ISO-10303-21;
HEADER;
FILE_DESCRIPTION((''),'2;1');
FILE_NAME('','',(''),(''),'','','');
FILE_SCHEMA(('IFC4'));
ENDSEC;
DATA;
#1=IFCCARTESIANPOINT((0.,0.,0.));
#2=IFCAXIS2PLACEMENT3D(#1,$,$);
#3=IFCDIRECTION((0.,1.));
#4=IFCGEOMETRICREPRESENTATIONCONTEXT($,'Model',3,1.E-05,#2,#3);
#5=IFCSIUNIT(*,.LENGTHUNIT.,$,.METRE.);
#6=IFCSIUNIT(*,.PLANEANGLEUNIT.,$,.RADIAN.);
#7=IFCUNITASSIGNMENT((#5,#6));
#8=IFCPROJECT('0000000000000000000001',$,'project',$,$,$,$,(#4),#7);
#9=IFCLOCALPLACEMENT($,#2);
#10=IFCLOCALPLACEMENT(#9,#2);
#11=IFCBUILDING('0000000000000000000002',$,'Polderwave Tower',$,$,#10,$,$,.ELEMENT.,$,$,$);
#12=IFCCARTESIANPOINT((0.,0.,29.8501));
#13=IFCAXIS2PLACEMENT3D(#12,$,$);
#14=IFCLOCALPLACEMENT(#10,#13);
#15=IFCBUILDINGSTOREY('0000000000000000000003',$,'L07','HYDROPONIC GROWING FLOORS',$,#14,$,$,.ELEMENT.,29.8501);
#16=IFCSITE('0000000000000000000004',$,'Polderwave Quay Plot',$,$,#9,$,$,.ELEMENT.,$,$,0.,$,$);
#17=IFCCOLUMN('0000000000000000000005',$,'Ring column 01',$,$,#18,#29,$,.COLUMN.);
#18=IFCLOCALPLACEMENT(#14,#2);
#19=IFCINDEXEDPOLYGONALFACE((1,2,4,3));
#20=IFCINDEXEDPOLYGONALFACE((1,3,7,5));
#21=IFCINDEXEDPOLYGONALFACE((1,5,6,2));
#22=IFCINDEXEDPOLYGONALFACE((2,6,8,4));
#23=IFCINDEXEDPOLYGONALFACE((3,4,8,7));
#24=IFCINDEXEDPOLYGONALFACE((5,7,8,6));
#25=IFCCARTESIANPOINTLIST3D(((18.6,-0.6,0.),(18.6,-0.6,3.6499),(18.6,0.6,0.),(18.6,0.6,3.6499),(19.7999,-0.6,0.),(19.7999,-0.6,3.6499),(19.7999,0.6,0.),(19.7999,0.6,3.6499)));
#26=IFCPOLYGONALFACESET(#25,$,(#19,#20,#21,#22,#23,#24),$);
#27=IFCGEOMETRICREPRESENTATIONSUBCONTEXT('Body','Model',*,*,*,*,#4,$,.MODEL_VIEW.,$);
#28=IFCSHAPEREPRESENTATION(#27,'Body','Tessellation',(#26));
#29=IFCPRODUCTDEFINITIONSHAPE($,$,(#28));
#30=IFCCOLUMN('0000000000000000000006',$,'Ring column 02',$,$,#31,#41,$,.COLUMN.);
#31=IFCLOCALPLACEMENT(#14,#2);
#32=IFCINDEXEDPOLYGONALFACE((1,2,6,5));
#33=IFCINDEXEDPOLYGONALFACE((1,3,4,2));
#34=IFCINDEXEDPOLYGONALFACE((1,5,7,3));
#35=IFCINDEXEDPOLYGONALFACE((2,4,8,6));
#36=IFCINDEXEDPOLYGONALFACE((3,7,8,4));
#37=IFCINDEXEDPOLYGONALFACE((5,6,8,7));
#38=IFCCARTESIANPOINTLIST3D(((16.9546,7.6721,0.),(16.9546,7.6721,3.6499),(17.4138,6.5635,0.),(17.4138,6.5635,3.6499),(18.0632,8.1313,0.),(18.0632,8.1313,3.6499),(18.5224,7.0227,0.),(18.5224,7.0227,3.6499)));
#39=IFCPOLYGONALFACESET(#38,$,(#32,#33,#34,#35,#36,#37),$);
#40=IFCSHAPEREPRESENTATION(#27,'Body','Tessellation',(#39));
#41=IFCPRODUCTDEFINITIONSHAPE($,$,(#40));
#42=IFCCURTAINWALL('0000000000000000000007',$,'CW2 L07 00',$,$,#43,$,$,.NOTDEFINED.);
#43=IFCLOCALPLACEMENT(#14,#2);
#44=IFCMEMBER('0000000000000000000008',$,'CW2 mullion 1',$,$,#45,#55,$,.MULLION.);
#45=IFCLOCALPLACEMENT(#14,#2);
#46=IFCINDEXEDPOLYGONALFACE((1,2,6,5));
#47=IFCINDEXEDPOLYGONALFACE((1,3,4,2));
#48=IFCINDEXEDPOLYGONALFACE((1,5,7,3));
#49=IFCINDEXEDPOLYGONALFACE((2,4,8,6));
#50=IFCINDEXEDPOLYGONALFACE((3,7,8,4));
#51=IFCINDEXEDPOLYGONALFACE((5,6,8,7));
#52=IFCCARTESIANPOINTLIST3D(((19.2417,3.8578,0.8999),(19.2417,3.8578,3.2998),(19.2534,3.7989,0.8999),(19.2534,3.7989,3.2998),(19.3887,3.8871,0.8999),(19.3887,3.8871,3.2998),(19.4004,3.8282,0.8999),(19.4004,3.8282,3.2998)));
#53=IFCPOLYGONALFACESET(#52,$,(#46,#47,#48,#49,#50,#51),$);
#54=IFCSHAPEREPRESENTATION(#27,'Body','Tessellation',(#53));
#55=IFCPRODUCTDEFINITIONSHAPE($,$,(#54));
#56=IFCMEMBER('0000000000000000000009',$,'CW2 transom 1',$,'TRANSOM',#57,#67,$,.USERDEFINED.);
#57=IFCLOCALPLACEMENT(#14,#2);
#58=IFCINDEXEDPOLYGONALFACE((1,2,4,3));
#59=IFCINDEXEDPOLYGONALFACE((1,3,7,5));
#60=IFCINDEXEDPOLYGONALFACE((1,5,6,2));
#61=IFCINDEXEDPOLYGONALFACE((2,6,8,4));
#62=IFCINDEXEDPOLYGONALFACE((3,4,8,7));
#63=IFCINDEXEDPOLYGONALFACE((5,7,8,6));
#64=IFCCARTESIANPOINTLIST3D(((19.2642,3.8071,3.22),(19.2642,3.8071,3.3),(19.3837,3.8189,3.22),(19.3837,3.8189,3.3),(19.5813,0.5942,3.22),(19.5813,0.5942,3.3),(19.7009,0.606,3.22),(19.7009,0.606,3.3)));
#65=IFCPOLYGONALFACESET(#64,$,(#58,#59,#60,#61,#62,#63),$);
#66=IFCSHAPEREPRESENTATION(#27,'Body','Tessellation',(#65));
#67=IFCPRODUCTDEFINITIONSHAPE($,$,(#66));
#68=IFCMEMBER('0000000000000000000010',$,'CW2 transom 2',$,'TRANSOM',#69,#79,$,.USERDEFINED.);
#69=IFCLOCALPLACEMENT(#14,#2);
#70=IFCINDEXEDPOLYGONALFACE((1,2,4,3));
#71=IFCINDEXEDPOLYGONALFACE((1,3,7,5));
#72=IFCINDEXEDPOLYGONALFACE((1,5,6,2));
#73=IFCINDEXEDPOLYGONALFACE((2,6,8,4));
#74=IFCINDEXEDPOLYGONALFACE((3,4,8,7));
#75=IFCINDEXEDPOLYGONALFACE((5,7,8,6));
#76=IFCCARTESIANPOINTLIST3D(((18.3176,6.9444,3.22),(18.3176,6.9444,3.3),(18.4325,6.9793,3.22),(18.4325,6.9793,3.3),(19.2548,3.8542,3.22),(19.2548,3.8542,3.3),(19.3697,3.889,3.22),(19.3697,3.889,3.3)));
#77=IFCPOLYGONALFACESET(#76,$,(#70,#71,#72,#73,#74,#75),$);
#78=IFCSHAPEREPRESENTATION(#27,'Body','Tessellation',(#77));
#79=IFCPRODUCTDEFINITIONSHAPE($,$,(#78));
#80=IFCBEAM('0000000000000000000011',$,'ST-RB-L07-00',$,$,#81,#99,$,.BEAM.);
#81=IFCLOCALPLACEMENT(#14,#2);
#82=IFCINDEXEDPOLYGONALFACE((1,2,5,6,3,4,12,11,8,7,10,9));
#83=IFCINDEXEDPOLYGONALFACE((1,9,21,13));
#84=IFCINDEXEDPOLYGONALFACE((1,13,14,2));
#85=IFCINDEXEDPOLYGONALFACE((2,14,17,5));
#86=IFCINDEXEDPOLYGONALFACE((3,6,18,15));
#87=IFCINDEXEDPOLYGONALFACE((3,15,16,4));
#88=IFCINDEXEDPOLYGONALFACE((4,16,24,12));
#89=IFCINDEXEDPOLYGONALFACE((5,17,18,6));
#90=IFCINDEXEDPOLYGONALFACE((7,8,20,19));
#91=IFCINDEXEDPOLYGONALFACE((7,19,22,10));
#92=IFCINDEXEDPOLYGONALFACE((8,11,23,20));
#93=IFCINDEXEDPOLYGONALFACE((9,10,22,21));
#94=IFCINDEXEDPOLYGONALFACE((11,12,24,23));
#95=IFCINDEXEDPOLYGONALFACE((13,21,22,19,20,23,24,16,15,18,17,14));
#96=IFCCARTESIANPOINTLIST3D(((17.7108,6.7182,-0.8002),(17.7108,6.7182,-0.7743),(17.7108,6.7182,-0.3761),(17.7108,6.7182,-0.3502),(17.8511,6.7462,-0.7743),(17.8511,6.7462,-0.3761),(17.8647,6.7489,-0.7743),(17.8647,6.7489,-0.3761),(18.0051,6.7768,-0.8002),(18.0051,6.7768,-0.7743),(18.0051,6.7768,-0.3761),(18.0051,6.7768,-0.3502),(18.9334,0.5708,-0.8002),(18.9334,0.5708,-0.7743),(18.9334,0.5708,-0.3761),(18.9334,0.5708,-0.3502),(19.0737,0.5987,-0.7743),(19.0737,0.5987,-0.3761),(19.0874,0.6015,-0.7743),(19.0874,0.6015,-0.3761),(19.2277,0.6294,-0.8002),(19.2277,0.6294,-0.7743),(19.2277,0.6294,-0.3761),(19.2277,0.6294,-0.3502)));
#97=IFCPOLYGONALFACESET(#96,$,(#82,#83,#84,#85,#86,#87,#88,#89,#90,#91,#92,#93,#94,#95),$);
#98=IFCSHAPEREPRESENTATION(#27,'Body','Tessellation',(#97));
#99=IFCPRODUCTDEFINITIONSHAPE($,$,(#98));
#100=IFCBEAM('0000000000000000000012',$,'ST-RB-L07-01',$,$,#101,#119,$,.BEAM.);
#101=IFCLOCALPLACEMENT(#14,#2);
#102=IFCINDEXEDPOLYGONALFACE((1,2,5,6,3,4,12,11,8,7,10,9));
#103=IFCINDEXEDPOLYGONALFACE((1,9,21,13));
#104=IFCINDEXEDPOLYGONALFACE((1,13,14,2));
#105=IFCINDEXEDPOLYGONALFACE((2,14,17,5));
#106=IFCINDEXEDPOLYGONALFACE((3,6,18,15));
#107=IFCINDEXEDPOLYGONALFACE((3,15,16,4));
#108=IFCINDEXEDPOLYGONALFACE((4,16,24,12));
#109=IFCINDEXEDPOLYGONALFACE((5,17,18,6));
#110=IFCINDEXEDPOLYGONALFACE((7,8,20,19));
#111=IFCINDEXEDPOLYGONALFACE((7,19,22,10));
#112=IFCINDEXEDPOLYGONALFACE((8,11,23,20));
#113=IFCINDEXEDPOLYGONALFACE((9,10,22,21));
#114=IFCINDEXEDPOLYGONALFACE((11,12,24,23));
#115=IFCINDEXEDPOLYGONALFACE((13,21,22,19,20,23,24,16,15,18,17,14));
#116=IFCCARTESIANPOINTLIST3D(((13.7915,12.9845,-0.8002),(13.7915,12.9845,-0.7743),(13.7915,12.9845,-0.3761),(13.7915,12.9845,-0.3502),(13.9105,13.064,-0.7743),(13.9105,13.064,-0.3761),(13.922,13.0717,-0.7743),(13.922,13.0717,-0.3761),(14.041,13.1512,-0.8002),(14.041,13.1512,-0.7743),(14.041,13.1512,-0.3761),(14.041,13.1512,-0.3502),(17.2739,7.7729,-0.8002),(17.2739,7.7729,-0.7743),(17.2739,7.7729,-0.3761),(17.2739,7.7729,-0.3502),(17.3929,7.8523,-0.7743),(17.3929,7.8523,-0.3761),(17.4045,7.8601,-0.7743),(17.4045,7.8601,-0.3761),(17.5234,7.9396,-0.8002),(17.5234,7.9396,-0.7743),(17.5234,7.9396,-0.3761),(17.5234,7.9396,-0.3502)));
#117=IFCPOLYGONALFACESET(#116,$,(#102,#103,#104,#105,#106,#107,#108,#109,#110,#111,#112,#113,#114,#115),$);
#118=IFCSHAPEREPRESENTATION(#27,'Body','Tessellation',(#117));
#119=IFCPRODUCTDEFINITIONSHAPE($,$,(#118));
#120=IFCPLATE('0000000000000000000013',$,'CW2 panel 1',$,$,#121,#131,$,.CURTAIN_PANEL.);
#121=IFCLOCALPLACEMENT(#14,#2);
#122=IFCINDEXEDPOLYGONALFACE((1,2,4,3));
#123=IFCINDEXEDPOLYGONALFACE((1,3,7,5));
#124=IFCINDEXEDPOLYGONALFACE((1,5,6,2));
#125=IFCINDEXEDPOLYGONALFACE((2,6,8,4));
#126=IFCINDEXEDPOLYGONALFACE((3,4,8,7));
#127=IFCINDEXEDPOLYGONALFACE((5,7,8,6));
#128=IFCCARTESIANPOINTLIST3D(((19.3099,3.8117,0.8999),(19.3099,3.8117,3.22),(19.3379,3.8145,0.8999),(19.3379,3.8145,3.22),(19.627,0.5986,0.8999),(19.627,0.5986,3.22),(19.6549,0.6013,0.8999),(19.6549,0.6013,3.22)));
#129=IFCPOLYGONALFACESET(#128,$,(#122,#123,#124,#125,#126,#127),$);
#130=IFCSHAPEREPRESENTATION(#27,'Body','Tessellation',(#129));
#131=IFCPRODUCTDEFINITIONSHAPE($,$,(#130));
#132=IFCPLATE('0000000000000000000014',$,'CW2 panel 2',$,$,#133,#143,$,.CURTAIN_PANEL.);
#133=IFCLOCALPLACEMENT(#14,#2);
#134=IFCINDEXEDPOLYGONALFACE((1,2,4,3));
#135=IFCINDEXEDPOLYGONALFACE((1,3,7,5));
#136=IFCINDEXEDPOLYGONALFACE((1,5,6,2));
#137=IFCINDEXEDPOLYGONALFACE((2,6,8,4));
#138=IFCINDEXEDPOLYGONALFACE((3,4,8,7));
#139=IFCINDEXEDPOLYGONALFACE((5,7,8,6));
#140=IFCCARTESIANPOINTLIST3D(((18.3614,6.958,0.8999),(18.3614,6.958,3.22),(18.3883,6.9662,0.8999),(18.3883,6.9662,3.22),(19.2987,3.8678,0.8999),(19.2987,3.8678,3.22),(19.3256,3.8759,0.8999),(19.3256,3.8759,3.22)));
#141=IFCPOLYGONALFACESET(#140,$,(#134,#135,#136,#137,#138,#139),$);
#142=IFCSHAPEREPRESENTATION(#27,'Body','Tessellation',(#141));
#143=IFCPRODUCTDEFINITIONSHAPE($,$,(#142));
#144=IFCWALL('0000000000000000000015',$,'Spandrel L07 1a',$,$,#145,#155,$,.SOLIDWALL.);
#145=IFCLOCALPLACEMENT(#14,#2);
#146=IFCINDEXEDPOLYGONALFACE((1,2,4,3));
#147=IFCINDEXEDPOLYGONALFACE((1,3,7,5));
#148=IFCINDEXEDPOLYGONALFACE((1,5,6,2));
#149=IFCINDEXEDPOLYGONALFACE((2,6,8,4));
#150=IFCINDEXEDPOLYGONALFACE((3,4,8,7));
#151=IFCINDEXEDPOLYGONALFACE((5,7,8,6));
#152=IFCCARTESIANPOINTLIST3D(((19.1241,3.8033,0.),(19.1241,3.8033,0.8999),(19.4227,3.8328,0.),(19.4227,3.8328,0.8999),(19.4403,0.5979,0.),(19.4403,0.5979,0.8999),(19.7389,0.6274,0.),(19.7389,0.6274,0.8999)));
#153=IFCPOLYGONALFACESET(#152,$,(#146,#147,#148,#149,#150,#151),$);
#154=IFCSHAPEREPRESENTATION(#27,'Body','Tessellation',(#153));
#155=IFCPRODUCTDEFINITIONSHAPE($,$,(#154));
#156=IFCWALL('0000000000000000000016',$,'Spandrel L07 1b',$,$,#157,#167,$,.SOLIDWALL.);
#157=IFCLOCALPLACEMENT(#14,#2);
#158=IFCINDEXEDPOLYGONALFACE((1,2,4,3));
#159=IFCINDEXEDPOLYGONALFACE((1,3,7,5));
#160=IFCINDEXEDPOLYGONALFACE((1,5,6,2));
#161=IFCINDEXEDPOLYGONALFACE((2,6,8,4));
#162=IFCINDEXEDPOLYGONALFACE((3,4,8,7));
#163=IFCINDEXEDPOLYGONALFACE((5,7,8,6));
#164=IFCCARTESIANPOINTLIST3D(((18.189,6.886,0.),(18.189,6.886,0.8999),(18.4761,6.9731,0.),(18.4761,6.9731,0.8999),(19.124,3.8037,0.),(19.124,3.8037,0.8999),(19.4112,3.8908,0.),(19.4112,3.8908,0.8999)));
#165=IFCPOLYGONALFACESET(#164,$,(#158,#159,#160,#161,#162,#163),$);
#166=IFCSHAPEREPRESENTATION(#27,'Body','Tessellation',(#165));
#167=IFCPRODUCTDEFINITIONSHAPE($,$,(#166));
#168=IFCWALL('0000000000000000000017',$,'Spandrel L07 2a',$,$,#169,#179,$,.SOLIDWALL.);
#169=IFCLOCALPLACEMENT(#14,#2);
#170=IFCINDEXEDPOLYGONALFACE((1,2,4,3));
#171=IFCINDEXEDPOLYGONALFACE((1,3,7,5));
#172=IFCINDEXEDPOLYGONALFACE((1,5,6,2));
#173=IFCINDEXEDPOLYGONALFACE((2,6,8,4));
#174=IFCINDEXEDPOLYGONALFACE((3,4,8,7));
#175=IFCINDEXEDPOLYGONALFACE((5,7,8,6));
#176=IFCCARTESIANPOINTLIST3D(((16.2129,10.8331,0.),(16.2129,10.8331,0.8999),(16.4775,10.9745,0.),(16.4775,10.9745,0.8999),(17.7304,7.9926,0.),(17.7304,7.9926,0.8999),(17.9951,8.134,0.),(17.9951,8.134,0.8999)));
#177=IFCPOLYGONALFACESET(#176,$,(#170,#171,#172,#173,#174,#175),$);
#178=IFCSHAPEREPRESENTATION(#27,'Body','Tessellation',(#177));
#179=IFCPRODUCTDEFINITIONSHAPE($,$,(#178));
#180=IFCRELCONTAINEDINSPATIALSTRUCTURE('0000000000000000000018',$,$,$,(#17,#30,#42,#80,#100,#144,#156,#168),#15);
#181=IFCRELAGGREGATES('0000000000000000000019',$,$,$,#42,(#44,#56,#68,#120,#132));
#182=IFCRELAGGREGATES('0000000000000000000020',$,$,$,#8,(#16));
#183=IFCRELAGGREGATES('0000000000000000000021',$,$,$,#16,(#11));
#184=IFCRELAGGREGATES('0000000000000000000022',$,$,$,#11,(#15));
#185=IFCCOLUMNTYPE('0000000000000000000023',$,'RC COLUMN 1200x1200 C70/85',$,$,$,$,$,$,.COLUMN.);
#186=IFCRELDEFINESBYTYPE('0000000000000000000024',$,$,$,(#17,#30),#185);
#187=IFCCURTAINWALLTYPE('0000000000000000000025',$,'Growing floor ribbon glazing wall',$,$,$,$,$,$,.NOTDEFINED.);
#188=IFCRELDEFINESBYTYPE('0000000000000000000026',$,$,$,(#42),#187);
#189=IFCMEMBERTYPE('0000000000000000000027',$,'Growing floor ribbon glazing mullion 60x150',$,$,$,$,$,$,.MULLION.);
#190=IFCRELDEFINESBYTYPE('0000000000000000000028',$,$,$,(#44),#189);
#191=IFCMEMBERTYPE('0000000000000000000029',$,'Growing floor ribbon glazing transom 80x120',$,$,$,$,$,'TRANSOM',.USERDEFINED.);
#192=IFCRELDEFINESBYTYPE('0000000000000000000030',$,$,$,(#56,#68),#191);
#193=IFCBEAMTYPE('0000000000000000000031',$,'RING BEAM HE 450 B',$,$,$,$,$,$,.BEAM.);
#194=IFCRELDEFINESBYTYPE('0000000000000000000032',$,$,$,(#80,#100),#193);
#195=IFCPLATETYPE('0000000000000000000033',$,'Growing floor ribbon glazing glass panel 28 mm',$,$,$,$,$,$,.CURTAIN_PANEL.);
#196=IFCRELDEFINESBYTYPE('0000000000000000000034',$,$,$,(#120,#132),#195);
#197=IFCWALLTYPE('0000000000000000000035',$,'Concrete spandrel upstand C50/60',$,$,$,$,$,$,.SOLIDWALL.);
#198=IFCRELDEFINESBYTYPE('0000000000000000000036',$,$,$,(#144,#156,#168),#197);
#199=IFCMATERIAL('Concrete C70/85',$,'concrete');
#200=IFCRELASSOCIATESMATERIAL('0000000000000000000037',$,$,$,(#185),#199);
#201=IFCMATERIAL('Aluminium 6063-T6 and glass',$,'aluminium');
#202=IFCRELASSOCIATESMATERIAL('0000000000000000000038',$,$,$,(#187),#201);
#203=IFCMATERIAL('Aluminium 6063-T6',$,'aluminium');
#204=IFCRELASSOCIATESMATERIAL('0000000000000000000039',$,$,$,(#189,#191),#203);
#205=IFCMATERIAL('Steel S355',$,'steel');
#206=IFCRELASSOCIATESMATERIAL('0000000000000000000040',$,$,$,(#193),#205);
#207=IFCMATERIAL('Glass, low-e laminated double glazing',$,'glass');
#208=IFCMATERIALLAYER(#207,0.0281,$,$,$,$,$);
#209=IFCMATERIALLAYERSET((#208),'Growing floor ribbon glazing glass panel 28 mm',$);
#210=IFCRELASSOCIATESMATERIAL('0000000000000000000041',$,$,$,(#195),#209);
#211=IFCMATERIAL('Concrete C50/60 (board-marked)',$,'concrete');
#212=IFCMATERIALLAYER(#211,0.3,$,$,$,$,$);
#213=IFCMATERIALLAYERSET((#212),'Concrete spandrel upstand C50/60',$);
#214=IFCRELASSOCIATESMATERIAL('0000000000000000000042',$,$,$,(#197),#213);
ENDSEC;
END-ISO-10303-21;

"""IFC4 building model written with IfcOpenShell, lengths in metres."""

from ifc_helpers import new_model, si_unit, direction, frame, frame_2d, origin, origin_2d, place, context, subcontext, project, spatial, rectangle, i_section, extrude, material, layer, layer_set, material_profile, profile_set, type_object, element, aggregate, save


model = new_model("IFC4")

# Units and contexts
model_context = context("Model", 3, precision=1e-05, world=origin(), true_north=direction((0.0, 1.0)))
body_context = subcontext(model_context, "Body", "Model", "MODEL_VIEW")
ifc_project = project(units=[si_unit("LENGTHUNIT", "METRE"), si_unit("PLANEANGLEUNIT", "RADIAN")], contexts=[model_context])

# Site, building, storey
site_placement = place(None, origin())
site = spatial("IfcSite", under=ifc_project, at=site_placement, Name="Polderwave Quay Plot", CompositionType="ELEMENT", RefElevation=0.0)
building_placement = place(site_placement, origin())
building = spatial("IfcBuilding", under=site, at=building_placement, Name="Polderwave Tower", CompositionType="ELEMENT")
storey_placement = place(building_placement, frame((0.0, 0.0, 29.8501)))
storey = spatial("IfcBuildingStorey", under=building, at=storey_placement, Name="L07", Description="HYDROPONIC GROWING FLOORS", CompositionType="ELEMENT", Elevation=29.8501)

# Columns
ifc_material_1 = material(Name="Concrete C70/85", Category="concrete")
ifc_material_profile_1 = material_profile(ifc_material_1, rectangle(XDim=1.2, YDim=1.2, at=origin_2d()), Name="RC 1200x1200")
ifc_profile_set_1 = profile_set([ifc_material_profile_1], Name="Concrete C70/85")
column_type = type_object("IfcColumnType", Name="RC COLUMN 1200x1200 C70/85", PredefinedType="COLUMN", material=ifc_profile_set_1)
for number, where, z_axis, x_axis, name in (
    (1, (19.2, 0.0, 0.0), (0.0, 0.0, 1.0), (1.0, 0.0, 0.0), "Ring column 01"),
    (2, (17.7385, 7.3474, 0.0), (0.0, 0.0, 1.0), (0.92388, 0.382683, 0.0), "Ring column 02"),
):
    element("IfcColumn", number, at=place(storey_placement, frame(where, z_axis=z_axis, x_axis=x_axis)), inside=storey, type_object=column_type, Name=name, PredefinedType="COLUMN", context=body_context, shape_type="SweptSolid", body=[
        extrude(rectangle(XDim=1.2, YDim=1.2, at=origin_2d()), origin(), (0.0, 0.0, 1.0), 3.6499),
    ])

# Curtain wall, members
ifc_material_2 = material(Name="Aluminium 6063-T6 and glass", Category="aluminium")
curtain_wall_type = type_object("IfcCurtainWallType", Name="Growing floor ribbon glazing wall", PredefinedType="NOTDEFINED", material=ifc_material_2)
curtain_wall_placement = place(storey_placement, origin())
curtain_wall = element("IfcCurtainWall", 3, at=curtain_wall_placement, inside=storey, type_object=curtain_wall_type, Name="CW2 L07 00", PredefinedType="NOTDEFINED")
ifc_material_3 = material(Name="Aluminium 6063-T6", Category="aluminium")
ifc_material_profile_2 = material_profile(ifc_material_3, rectangle(XDim=0.1499, YDim=0.0601, at=origin_2d()), Name="AL 60x150")
ifc_profile_set_2 = profile_set([ifc_material_profile_2], Name="Aluminium 6063-T6")
member_type_1 = type_object("IfcMemberType", Name="Growing floor ribbon glazing mullion 60x150", PredefinedType="MULLION", material=ifc_profile_set_2)
member_1_placement = place(storey_placement, frame((19.321, 3.843, 0.8999), z_axis=(0.0, 0.0, 1.0), x_axis=(-0.980772, -0.195159, 0.0)))
member_1 = element("IfcMember", 4, at=member_1_placement, type_object=member_type_1, Name="CW2 mullion 1", PredefinedType="MULLION", context=body_context, shape_type="SweptSolid", body=[
    extrude(rectangle(XDim=0.1499, YDim=0.0601, at=origin_2d()), origin(), (0.0, 0.0, 1.0), 2.3999),
])
ifc_material_profile_3 = material_profile(ifc_material_3, rectangle(XDim=0.1201, YDim=0.0801, at=origin_2d()), Name="AL 80x120")
ifc_profile_set_3 = profile_set([ifc_material_profile_3], Name="Aluminium 6063-T6")
member_type_2 = type_object("IfcMemberType", Name="Growing floor ribbon glazing transom 80x120", ElementType="TRANSOM", PredefinedType="USERDEFINED", material=ifc_profile_set_3)
member_2_placement = place(storey_placement, frame((19.6411, 0.6001, 3.26), z_axis=(-0.098231, 0.995164, 0.0), x_axis=(-0.995164, -0.098231, 0.0)))
member_2 = element("IfcMember", 5, at=member_2_placement, type_object=member_type_2, Name="CW2 transom 1", ObjectType="TRANSOM", PredefinedType="USERDEFINED", context=body_context, shape_type="SweptSolid", body=[
    extrude(rectangle(XDim=0.1201, YDim=0.0801, at=origin_2d()), origin(), (0.0, 0.0, 1.0), 3.2285),
])
member_3_placement = place(storey_placement, frame((19.3123, 3.8716, 3.26), z_axis=(-0.290232, 0.956956, 0.0), x_axis=(-0.956956, -0.290232, 0.0)))
member_3 = element("IfcMember", 6, at=member_3_placement, type_object=member_type_2, Name="CW2 transom 2", ObjectType="TRANSOM", PredefinedType="USERDEFINED", context=body_context, shape_type="SweptSolid", body=[
    extrude(rectangle(XDim=0.1201, YDim=0.0801, at=origin_2d()), origin(), (0.0, 0.0, 1.0), 3.2292),
])

# Beams
ifc_material_4 = material(Name="Steel S355", Category="steel")
ifc_material_profile_4 = material_profile(ifc_material_4, i_section(OverallWidth=0.3, OverallDepth=0.45, WebThickness=0.0139, FlangeThickness=0.0259, at=origin_2d()), Name="HE 450 B")
ifc_profile_set_4 = profile_set([ifc_material_profile_4], Name="Steel S355")
beam_type = type_object("IfcBeamType", Name="RING BEAM HE 450 B", PredefinedType="BEAM", material=ifc_profile_set_4)
beam_1_placement = place(storey_placement, frame((19.0806, 0.6001, -0.5752), z_axis=(-0.195067, 0.98079, 0.0), x_axis=(-0.98079, -0.195067, 0.0)))
element("IfcBeam", 7, at=beam_1_placement, inside=storey, type_object=beam_type, Name="ST-RB-L07-00", PredefinedType="BEAM", context=body_context, shape_type="SweptSolid", body=[
    extrude(i_section(OverallWidth=0.3, OverallDepth=0.45, WebThickness=0.0139, FlangeThickness=0.0259, at=origin_2d()), origin(), (0.0, 0.0, 1.0), 6.2678),
])
beam_2_placement = place(storey_placement, frame((17.3987, 7.8562, -0.5752), z_axis=(-0.555581, 0.831463, 0.0), x_axis=(-0.831463, -0.555581, 0.0)))
element("IfcBeam", 8, at=beam_2_placement, inside=storey, type_object=beam_type, Name="ST-RB-L07-01", PredefinedType="BEAM", context=body_context, shape_type="SweptSolid", body=[
    extrude(i_section(OverallWidth=0.3, OverallDepth=0.45, WebThickness=0.0139, FlangeThickness=0.0259, at=origin_2d()), origin(), (0.0, 0.0, 1.0), 6.2681),
])

# Plates
ifc_material_5 = material(Name="Glass, low-e laminated double glazing", Category="glass")
ifc_layer_1 = layer(ifc_material_5, 0.0281)
ifc_layer_set_1 = layer_set([ifc_layer_1], Name="Growing floor ribbon glazing glass panel 28 mm")
plate_type = type_object("IfcPlateType", Name="Growing floor ribbon glazing glass panel 28 mm", PredefinedType="CURTAIN_PANEL", material=ifc_layer_set_1)
plate_1_placement = place(storey_placement, frame((19.4824, 2.2065, 0.8999), z_axis=(0.0, 0.0, 1.0), x_axis=(-0.098198, 0.995167, 0.0)))
plate_1 = element("IfcPlate", 9, at=plate_1_placement, type_object=plate_type, Name="CW2 panel 1", PredefinedType="CURTAIN_PANEL", context=body_context, shape_type="SweptSolid", body=[
    extrude(rectangle(XDim=3.2288, YDim=0.0281, at=origin_2d()), origin(), (0.0, 0.0, 1.0), 2.3201),
])
plate_2_placement = place(storey_placement, frame((18.8435, 5.417, 0.8999), z_axis=(0.0, 0.0, 1.0), x_axis=(-0.290246, 0.956952, 0.0)))
plate_2 = element("IfcPlate", 10, at=plate_2_placement, type_object=plate_type, Name="CW2 panel 2", PredefinedType="CURTAIN_PANEL", context=body_context, shape_type="SweptSolid", body=[
    extrude(rectangle(XDim=3.2292, YDim=0.0281, at=origin_2d()), origin(), (0.0, 0.0, 1.0), 2.3201),
])
aggregate(curtain_wall, [member_1, member_2, member_3, plate_1, plate_2])

# Walls
ifc_material_6 = material(Name="Concrete C50/60 (board-marked)", Category="concrete")
ifc_layer_2 = layer(ifc_material_6, 0.3)
ifc_layer_set_2 = layer_set([ifc_layer_2], Name="Concrete spandrel upstand C50/60")
wall_type_1 = type_object("IfcWallType", Name="Concrete spandrel upstand C50/60", PredefinedType="SOLIDWALL", material=ifc_layer_set_2)
for number, where, z_axis, x_axis, name in (
    (11, (19.5896, 0.6128, 0.0), (0.0, 0.0, 1.0), (-0.09816, 0.995171, 0.0), "Spandrel L07 1a"),
    (12, (19.2676, 3.8474, 0.0), (0.0, 0.0, 1.0), (-0.290302, 0.956935, 0.0), "Spandrel L07 1b"),
):
    element("IfcWall", number, at=place(storey_placement, frame(where, z_axis=z_axis, x_axis=x_axis)), inside=storey, type_object=wall_type_1, Name=name, PredefinedType="SOLIDWALL", context=body_context, shape_type="SweptSolid", body=[
        extrude(rectangle(XDim=3.2209, YDim=0.3, at=frame_2d((1.6104, 0.0))), origin(), (0.0, 0.0, 1.0), 0.8999),
    ])
wall_1_placement = place(storey_placement, frame((17.8628, 8.0632, 0.0), z_axis=(0.0, 0.0, 1.0), x_axis=(-0.471218, 0.882017, 0.0)))
element("IfcWall", 13, at=wall_1_placement, inside=storey, type_object=wall_type_1, Name="Spandrel L07 2a", PredefinedType="SOLIDWALL", context=body_context, shape_type="SweptSolid", body=[
    extrude(rectangle(XDim=3.2205, YDim=0.3, at=frame_2d((1.6104, 0.0))), origin(), (0.0, 0.0, 1.0), 0.8999),
])

save(model, "model.ifc")
